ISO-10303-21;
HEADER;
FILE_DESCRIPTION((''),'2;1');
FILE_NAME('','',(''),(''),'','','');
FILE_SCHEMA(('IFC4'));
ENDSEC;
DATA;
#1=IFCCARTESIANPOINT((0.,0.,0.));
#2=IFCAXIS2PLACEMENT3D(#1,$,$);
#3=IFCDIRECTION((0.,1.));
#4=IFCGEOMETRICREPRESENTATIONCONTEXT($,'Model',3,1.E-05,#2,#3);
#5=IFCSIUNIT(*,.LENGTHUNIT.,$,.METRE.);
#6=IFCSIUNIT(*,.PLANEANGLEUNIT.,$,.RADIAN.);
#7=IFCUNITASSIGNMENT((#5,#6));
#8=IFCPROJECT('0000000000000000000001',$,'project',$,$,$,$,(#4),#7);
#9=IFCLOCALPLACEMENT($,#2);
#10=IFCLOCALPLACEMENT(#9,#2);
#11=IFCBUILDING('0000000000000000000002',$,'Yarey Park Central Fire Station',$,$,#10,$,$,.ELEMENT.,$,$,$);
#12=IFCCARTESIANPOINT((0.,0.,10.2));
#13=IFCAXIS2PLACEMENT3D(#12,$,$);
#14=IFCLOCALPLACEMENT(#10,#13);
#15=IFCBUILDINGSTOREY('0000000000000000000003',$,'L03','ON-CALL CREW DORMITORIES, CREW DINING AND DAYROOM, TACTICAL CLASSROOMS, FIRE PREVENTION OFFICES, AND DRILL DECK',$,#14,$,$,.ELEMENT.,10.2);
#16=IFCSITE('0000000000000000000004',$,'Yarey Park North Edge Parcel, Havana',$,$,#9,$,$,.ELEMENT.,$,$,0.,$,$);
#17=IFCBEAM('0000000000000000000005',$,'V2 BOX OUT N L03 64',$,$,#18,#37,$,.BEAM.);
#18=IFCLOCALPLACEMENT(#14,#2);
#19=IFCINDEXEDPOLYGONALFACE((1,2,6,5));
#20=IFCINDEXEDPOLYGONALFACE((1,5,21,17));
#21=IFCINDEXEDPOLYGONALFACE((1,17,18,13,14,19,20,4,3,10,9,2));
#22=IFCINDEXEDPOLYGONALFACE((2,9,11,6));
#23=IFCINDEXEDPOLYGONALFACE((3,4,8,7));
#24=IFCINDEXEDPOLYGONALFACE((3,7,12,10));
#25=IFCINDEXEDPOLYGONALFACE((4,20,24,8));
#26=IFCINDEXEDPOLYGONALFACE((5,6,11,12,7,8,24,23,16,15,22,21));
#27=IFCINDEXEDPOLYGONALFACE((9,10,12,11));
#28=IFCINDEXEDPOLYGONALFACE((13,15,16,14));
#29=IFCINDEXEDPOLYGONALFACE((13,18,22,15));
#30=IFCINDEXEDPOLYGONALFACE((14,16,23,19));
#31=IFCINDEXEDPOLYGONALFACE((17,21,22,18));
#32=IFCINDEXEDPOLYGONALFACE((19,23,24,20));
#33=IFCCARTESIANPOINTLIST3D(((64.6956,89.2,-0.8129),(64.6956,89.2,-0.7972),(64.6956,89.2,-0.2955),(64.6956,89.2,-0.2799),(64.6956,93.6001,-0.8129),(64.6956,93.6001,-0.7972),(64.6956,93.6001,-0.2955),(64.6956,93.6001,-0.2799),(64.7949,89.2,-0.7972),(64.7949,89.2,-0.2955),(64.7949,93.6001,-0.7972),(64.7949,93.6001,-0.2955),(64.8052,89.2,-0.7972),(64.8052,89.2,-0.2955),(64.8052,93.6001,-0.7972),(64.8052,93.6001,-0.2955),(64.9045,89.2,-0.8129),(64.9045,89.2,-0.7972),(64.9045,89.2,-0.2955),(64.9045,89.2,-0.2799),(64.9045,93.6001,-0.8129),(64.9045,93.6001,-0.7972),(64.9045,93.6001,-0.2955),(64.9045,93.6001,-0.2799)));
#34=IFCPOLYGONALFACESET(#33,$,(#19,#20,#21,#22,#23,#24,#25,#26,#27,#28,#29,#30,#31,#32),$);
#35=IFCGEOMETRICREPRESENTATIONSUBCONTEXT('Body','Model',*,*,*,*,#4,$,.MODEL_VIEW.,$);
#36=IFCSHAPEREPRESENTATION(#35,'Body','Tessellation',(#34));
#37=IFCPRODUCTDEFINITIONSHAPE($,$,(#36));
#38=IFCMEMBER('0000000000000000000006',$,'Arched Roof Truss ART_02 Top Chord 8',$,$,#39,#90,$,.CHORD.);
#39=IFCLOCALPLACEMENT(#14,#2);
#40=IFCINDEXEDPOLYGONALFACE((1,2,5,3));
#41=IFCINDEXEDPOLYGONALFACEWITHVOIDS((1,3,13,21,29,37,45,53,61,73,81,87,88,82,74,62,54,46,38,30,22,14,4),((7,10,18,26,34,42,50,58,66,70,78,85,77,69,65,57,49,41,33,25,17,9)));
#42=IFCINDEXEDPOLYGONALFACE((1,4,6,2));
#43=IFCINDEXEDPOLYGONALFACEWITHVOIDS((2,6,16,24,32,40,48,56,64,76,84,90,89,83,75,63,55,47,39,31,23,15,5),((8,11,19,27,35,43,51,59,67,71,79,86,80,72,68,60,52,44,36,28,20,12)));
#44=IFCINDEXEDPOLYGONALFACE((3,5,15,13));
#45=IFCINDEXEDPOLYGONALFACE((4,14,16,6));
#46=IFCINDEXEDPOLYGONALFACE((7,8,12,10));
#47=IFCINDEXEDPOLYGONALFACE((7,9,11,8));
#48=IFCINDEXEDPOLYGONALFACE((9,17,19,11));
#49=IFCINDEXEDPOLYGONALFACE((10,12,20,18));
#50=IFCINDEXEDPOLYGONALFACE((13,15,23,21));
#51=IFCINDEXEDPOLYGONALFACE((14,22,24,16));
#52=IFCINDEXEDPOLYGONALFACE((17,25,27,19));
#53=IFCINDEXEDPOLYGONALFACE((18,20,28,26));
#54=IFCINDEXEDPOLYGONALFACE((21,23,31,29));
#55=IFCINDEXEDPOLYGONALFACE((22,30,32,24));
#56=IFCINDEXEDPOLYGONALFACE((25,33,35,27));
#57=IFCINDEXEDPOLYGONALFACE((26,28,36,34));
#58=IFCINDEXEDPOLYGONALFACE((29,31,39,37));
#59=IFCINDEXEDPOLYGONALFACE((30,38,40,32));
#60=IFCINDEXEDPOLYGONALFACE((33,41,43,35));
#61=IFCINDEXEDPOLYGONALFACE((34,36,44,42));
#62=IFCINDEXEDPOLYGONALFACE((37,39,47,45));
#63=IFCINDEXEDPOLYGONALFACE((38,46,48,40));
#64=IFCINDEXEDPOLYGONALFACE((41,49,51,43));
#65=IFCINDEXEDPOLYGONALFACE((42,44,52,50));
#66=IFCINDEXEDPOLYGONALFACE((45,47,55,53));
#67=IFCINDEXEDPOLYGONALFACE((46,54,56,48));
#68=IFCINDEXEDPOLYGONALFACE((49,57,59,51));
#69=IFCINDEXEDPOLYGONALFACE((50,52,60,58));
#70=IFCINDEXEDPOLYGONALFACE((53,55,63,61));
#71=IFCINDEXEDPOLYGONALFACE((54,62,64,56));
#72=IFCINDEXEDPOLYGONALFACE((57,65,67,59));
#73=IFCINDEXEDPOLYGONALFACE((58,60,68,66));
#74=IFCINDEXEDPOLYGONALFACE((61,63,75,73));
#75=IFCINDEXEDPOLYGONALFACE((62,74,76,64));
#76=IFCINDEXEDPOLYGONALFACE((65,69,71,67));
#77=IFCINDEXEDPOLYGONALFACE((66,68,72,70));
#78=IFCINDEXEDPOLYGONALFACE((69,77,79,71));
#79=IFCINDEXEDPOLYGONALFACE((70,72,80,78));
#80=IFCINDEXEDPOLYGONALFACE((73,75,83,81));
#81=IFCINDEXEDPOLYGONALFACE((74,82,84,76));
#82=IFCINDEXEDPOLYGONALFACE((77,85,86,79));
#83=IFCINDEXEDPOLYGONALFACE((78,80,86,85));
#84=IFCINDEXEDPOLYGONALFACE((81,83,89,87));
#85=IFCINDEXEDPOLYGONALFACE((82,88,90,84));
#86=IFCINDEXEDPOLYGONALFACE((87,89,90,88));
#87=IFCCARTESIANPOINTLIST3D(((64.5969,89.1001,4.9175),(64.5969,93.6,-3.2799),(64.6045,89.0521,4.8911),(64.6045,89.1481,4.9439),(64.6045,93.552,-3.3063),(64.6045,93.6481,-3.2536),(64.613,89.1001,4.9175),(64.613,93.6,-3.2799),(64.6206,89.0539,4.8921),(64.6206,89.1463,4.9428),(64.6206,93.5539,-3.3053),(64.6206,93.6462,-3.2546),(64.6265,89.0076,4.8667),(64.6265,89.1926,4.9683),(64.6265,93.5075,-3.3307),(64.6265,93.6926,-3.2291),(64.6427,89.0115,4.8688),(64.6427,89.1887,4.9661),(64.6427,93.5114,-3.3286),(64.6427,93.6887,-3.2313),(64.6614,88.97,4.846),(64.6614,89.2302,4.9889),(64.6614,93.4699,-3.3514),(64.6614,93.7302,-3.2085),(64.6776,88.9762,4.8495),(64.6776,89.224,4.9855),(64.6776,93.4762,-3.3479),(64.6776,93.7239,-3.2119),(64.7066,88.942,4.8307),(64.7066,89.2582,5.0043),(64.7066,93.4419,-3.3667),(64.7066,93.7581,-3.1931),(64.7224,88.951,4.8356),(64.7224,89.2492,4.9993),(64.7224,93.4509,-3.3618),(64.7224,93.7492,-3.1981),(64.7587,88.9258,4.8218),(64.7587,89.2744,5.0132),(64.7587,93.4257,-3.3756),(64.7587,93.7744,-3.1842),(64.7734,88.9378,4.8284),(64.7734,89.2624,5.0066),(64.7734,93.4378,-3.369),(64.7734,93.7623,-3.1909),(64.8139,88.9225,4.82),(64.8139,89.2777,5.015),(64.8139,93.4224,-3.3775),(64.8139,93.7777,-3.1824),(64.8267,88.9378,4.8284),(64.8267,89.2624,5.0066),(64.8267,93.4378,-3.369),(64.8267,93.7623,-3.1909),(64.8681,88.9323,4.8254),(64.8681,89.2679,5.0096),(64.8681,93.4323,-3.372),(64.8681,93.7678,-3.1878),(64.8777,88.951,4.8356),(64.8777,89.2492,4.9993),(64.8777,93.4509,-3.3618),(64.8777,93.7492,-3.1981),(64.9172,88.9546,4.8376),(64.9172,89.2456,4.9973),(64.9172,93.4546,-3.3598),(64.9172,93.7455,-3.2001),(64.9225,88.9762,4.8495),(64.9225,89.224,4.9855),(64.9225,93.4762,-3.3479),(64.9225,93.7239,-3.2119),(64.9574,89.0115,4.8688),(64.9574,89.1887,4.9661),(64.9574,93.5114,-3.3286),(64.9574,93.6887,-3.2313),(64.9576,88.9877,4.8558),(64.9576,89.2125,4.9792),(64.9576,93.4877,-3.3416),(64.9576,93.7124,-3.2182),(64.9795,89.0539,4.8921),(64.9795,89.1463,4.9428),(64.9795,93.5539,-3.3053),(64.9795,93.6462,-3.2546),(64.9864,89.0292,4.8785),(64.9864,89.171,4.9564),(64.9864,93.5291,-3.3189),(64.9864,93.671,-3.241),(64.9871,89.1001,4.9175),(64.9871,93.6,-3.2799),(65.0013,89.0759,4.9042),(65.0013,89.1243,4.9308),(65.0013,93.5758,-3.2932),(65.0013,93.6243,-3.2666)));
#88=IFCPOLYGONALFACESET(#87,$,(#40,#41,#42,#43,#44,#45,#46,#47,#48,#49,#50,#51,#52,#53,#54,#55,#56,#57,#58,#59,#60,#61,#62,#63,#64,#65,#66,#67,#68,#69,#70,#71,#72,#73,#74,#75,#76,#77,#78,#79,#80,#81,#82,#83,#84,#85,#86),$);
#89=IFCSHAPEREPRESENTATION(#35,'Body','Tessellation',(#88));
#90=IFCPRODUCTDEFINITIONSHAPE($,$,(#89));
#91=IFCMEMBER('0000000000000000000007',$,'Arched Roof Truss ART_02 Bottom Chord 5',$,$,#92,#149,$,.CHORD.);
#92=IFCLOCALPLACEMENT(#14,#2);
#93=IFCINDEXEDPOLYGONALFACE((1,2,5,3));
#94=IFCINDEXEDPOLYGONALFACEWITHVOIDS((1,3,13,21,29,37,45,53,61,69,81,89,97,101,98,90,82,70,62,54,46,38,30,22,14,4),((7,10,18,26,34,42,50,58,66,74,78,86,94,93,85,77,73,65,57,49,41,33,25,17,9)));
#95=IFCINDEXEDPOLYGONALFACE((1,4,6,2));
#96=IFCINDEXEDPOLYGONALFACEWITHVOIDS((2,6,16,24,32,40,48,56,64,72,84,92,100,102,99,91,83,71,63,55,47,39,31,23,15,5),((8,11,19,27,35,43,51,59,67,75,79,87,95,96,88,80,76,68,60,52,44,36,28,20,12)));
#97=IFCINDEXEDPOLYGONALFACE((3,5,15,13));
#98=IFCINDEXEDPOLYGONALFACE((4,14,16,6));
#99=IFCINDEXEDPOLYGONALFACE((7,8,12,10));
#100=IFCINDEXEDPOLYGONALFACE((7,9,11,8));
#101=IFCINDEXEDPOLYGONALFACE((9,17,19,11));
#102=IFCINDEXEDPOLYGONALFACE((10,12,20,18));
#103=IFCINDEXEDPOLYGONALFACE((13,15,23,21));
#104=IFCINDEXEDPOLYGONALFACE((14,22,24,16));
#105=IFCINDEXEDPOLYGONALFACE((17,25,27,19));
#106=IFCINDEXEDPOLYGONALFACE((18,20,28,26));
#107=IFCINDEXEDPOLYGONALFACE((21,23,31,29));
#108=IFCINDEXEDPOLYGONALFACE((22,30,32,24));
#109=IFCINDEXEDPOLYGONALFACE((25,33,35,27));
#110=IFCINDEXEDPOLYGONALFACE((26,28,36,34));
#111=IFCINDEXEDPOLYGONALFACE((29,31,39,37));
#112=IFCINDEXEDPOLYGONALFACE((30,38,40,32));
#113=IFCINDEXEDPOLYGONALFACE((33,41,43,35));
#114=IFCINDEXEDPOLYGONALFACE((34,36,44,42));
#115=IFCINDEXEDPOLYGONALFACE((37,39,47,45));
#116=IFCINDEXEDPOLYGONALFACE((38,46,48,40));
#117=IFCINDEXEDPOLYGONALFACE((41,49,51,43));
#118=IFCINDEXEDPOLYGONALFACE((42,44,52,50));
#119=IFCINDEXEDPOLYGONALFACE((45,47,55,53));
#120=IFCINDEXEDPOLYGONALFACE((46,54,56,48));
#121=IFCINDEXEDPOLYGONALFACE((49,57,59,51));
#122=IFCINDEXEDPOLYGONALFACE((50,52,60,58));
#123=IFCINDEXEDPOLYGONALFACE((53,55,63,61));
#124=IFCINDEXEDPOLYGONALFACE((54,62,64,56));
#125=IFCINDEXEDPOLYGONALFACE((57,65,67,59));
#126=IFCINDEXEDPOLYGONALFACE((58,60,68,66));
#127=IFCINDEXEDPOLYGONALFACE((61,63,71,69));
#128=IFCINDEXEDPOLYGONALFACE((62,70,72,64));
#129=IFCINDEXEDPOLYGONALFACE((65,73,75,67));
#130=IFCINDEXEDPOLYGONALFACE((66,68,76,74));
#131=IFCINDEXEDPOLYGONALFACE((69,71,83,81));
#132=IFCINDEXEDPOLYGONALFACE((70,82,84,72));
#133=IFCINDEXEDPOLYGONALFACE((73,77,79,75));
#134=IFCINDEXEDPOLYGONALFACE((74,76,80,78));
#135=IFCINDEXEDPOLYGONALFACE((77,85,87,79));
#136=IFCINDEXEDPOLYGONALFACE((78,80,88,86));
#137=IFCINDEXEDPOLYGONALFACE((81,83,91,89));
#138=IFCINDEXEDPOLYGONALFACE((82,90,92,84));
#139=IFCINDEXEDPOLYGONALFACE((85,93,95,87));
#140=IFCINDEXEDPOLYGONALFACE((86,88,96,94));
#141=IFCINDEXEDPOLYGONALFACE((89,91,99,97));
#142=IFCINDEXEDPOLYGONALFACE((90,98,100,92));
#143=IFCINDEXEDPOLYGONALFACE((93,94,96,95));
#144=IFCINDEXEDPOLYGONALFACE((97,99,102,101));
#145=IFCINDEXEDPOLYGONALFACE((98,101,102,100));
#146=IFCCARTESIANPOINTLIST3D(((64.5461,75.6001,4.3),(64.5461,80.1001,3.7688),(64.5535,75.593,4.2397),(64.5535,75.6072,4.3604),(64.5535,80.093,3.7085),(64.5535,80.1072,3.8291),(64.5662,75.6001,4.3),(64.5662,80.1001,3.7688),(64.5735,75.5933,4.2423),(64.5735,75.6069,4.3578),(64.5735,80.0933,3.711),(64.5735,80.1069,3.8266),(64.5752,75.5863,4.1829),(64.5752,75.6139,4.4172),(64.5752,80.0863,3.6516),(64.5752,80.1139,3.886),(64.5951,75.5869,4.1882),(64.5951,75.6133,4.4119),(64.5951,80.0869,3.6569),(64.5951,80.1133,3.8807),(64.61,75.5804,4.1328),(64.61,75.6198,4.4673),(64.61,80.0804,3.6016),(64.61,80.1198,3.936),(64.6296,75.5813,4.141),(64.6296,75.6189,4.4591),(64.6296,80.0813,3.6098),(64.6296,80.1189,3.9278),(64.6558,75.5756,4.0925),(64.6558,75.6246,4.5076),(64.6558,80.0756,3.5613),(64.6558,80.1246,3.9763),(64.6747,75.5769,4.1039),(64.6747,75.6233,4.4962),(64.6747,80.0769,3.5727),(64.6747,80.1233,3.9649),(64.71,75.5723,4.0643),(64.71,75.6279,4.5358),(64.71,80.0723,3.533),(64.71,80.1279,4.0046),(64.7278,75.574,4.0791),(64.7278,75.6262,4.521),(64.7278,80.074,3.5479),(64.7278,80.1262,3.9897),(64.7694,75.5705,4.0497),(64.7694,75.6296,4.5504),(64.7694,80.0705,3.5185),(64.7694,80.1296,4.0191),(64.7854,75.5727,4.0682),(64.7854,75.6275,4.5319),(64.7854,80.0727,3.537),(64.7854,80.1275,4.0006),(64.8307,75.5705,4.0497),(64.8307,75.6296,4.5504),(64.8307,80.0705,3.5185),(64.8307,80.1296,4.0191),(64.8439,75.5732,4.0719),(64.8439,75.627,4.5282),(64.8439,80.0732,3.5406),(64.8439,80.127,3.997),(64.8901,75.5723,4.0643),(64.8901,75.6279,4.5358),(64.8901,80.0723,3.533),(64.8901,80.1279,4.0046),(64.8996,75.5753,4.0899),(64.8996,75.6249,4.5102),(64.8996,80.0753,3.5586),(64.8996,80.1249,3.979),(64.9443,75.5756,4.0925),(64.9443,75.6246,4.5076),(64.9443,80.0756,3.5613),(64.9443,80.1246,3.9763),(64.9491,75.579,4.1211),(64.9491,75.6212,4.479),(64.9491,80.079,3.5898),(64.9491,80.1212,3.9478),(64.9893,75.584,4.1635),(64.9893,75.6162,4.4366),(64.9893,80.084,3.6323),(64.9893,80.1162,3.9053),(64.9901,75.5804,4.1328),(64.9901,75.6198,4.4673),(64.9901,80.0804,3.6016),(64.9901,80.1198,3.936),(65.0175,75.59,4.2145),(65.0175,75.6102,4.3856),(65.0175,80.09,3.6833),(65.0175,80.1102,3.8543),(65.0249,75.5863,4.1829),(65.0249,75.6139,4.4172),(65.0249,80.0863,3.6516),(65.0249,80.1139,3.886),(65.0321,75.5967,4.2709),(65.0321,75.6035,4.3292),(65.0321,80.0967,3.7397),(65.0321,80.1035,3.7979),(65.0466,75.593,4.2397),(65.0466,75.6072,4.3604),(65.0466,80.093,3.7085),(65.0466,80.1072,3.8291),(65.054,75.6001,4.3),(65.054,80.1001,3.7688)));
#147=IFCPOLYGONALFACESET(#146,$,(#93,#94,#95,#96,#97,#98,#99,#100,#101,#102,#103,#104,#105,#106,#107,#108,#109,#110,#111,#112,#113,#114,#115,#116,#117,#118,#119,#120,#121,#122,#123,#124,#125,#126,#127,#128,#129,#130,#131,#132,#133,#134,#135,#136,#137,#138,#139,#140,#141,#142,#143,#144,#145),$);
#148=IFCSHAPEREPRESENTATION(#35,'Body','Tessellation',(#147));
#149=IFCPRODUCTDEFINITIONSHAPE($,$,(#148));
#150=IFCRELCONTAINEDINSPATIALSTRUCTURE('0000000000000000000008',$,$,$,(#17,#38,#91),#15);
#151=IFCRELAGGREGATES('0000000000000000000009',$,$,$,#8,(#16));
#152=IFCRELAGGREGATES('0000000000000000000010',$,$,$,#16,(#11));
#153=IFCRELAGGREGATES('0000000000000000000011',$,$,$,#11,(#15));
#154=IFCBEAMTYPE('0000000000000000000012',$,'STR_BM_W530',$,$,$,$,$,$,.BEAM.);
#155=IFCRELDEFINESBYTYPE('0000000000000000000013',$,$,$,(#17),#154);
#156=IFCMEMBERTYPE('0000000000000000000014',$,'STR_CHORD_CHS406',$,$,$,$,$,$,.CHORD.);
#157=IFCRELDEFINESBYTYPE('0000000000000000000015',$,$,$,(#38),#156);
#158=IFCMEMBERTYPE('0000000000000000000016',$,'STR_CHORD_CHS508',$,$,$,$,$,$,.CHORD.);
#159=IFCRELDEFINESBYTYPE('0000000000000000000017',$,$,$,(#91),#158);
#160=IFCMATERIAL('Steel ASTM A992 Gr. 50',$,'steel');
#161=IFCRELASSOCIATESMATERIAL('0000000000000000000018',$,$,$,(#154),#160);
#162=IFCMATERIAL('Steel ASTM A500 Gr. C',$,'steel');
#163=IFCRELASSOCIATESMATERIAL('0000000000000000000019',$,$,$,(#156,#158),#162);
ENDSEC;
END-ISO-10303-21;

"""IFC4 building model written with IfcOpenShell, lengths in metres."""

from ifc_helpers import new_model, si_unit, direction, frame, origin, origin_2d, place, context, subcontext, project, spatial, hollow_circle, i_section, extrude, material, material_profile, profile_set, type_object, element, save


model = new_model("IFC4")

# Units and contexts
model_context = context("Model", 3, precision=1e-05, world=origin(), true_north=direction((0.0, 1.0)))
body_context = subcontext(model_context, "Body", "Model", "MODEL_VIEW")
ifc_project = project(units=[si_unit("LENGTHUNIT", "METRE"), si_unit("PLANEANGLEUNIT", "RADIAN")], contexts=[model_context])

# Site, building, storey
site_placement = place(None, origin())
site = spatial("IfcSite", under=ifc_project, at=site_placement, Name="Yarey Park North Edge Parcel, Havana", CompositionType="ELEMENT", RefElevation=0.0)
building_placement = place(site_placement, origin())
building = spatial("IfcBuilding", under=site, at=building_placement, Name="Yarey Park Central Fire Station", CompositionType="ELEMENT")
storey_placement = place(building_placement, frame((0.0, 0.0, 10.2)))
storey = spatial("IfcBuildingStorey", under=building, at=storey_placement, Name="L03", Description="ON-CALL CREW DORMITORIES, CREW DINING AND DAYROOM, TACTICAL CLASSROOMS, FIRE PREVENTION OFFICES, AND DRILL DECK", CompositionType="ELEMENT", Elevation=10.2)

# Beam
ifc_material_1 = material(Name="Steel ASTM A992 Gr. 50", Category="steel")
ifc_material_profile_1 = material_profile(ifc_material_1, i_section(OverallWidth=0.209, OverallDepth=0.533, WebThickness=0.0103, FlangeThickness=0.0156, at=origin_2d()), Name="W530x92")
ifc_profile_set_1 = profile_set([ifc_material_profile_1], Name="Steel ASTM A992 Gr. 50")
beam_type = type_object("IfcBeamType", Name="STR_BM_W530", PredefinedType="BEAM", material=ifc_profile_set_1)
beam_placement = place(storey_placement, frame((64.8, 89.2, -0.5464), z_axis=(0.0, 1.0, 0.0), x_axis=(-1.0, 0.0, 0.0)))
element("IfcBeam", 1, at=beam_placement, inside=storey, type_object=beam_type, Name="V2 BOX OUT N L03 64", PredefinedType="BEAM", context=body_context, shape_type="SweptSolid", body=[
    extrude(i_section(OverallWidth=0.209, OverallDepth=0.533, WebThickness=0.0103, FlangeThickness=0.0156, at=origin_2d()), origin(), (0.0, 0.0, 1.0), 4.4001),
])

# Members
ifc_material_2 = material(Name="Steel ASTM A500 Gr. C", Category="steel")
ifc_material_profile_2 = material_profile(ifc_material_2, hollow_circle(Radius=0.2031, WallThickness=0.0161, at=origin_2d()), Name="CHS 406.4x16")
ifc_profile_set_2 = profile_set([ifc_material_profile_2], Name="Steel ASTM A500 Gr. C")
member_type_1 = type_object("IfcMemberType", Name="STR_CHORD_CHS406", PredefinedType="CHORD", material=ifc_profile_set_2)
member_1_placement = place(storey_placement, frame((64.8, 89.1001, 4.9175), z_axis=(0.0, 0.48121, -0.876605), x_axis=(-1.0, 0.0, 0.0)))
element("IfcMember", 2, at=member_1_placement, inside=storey, type_object=member_type_1, Name="Arched Roof Truss ART_02 Top Chord 8", PredefinedType="CHORD", context=body_context, shape_type="SweptSolid", body=[
    extrude(hollow_circle(Radius=0.2031, WallThickness=0.0161, at=origin_2d()), origin(), (0.0, 0.0, 1.0), 9.3513),
])
ifc_material_profile_3 = material_profile(ifc_material_2, hollow_circle(Radius=0.2539, WallThickness=0.02, at=origin_2d()), Name="CHS 508x20")
ifc_profile_set_3 = profile_set([ifc_material_profile_3], Name="Steel ASTM A500 Gr. C")
member_type_2 = type_object("IfcMemberType", Name="STR_CHORD_CHS508", PredefinedType="CHORD", material=ifc_profile_set_3)
member_2_placement = place(storey_placement, frame((64.8, 75.6001, 4.3), z_axis=(0.0, 0.993103, -0.117241), x_axis=(-1.0, 0.0, 0.0)))
element("IfcMember", 3, at=member_2_placement, inside=storey, type_object=member_type_2, Name="Arched Roof Truss ART_02 Bottom Chord 5", PredefinedType="CHORD", context=body_context, shape_type="SweptSolid", body=[
    extrude(hollow_circle(Radius=0.2539, WallThickness=0.02, at=origin_2d()), origin(), (0.0, 0.0, 1.0), 4.5312),
])

save(model, "model.ifc")
